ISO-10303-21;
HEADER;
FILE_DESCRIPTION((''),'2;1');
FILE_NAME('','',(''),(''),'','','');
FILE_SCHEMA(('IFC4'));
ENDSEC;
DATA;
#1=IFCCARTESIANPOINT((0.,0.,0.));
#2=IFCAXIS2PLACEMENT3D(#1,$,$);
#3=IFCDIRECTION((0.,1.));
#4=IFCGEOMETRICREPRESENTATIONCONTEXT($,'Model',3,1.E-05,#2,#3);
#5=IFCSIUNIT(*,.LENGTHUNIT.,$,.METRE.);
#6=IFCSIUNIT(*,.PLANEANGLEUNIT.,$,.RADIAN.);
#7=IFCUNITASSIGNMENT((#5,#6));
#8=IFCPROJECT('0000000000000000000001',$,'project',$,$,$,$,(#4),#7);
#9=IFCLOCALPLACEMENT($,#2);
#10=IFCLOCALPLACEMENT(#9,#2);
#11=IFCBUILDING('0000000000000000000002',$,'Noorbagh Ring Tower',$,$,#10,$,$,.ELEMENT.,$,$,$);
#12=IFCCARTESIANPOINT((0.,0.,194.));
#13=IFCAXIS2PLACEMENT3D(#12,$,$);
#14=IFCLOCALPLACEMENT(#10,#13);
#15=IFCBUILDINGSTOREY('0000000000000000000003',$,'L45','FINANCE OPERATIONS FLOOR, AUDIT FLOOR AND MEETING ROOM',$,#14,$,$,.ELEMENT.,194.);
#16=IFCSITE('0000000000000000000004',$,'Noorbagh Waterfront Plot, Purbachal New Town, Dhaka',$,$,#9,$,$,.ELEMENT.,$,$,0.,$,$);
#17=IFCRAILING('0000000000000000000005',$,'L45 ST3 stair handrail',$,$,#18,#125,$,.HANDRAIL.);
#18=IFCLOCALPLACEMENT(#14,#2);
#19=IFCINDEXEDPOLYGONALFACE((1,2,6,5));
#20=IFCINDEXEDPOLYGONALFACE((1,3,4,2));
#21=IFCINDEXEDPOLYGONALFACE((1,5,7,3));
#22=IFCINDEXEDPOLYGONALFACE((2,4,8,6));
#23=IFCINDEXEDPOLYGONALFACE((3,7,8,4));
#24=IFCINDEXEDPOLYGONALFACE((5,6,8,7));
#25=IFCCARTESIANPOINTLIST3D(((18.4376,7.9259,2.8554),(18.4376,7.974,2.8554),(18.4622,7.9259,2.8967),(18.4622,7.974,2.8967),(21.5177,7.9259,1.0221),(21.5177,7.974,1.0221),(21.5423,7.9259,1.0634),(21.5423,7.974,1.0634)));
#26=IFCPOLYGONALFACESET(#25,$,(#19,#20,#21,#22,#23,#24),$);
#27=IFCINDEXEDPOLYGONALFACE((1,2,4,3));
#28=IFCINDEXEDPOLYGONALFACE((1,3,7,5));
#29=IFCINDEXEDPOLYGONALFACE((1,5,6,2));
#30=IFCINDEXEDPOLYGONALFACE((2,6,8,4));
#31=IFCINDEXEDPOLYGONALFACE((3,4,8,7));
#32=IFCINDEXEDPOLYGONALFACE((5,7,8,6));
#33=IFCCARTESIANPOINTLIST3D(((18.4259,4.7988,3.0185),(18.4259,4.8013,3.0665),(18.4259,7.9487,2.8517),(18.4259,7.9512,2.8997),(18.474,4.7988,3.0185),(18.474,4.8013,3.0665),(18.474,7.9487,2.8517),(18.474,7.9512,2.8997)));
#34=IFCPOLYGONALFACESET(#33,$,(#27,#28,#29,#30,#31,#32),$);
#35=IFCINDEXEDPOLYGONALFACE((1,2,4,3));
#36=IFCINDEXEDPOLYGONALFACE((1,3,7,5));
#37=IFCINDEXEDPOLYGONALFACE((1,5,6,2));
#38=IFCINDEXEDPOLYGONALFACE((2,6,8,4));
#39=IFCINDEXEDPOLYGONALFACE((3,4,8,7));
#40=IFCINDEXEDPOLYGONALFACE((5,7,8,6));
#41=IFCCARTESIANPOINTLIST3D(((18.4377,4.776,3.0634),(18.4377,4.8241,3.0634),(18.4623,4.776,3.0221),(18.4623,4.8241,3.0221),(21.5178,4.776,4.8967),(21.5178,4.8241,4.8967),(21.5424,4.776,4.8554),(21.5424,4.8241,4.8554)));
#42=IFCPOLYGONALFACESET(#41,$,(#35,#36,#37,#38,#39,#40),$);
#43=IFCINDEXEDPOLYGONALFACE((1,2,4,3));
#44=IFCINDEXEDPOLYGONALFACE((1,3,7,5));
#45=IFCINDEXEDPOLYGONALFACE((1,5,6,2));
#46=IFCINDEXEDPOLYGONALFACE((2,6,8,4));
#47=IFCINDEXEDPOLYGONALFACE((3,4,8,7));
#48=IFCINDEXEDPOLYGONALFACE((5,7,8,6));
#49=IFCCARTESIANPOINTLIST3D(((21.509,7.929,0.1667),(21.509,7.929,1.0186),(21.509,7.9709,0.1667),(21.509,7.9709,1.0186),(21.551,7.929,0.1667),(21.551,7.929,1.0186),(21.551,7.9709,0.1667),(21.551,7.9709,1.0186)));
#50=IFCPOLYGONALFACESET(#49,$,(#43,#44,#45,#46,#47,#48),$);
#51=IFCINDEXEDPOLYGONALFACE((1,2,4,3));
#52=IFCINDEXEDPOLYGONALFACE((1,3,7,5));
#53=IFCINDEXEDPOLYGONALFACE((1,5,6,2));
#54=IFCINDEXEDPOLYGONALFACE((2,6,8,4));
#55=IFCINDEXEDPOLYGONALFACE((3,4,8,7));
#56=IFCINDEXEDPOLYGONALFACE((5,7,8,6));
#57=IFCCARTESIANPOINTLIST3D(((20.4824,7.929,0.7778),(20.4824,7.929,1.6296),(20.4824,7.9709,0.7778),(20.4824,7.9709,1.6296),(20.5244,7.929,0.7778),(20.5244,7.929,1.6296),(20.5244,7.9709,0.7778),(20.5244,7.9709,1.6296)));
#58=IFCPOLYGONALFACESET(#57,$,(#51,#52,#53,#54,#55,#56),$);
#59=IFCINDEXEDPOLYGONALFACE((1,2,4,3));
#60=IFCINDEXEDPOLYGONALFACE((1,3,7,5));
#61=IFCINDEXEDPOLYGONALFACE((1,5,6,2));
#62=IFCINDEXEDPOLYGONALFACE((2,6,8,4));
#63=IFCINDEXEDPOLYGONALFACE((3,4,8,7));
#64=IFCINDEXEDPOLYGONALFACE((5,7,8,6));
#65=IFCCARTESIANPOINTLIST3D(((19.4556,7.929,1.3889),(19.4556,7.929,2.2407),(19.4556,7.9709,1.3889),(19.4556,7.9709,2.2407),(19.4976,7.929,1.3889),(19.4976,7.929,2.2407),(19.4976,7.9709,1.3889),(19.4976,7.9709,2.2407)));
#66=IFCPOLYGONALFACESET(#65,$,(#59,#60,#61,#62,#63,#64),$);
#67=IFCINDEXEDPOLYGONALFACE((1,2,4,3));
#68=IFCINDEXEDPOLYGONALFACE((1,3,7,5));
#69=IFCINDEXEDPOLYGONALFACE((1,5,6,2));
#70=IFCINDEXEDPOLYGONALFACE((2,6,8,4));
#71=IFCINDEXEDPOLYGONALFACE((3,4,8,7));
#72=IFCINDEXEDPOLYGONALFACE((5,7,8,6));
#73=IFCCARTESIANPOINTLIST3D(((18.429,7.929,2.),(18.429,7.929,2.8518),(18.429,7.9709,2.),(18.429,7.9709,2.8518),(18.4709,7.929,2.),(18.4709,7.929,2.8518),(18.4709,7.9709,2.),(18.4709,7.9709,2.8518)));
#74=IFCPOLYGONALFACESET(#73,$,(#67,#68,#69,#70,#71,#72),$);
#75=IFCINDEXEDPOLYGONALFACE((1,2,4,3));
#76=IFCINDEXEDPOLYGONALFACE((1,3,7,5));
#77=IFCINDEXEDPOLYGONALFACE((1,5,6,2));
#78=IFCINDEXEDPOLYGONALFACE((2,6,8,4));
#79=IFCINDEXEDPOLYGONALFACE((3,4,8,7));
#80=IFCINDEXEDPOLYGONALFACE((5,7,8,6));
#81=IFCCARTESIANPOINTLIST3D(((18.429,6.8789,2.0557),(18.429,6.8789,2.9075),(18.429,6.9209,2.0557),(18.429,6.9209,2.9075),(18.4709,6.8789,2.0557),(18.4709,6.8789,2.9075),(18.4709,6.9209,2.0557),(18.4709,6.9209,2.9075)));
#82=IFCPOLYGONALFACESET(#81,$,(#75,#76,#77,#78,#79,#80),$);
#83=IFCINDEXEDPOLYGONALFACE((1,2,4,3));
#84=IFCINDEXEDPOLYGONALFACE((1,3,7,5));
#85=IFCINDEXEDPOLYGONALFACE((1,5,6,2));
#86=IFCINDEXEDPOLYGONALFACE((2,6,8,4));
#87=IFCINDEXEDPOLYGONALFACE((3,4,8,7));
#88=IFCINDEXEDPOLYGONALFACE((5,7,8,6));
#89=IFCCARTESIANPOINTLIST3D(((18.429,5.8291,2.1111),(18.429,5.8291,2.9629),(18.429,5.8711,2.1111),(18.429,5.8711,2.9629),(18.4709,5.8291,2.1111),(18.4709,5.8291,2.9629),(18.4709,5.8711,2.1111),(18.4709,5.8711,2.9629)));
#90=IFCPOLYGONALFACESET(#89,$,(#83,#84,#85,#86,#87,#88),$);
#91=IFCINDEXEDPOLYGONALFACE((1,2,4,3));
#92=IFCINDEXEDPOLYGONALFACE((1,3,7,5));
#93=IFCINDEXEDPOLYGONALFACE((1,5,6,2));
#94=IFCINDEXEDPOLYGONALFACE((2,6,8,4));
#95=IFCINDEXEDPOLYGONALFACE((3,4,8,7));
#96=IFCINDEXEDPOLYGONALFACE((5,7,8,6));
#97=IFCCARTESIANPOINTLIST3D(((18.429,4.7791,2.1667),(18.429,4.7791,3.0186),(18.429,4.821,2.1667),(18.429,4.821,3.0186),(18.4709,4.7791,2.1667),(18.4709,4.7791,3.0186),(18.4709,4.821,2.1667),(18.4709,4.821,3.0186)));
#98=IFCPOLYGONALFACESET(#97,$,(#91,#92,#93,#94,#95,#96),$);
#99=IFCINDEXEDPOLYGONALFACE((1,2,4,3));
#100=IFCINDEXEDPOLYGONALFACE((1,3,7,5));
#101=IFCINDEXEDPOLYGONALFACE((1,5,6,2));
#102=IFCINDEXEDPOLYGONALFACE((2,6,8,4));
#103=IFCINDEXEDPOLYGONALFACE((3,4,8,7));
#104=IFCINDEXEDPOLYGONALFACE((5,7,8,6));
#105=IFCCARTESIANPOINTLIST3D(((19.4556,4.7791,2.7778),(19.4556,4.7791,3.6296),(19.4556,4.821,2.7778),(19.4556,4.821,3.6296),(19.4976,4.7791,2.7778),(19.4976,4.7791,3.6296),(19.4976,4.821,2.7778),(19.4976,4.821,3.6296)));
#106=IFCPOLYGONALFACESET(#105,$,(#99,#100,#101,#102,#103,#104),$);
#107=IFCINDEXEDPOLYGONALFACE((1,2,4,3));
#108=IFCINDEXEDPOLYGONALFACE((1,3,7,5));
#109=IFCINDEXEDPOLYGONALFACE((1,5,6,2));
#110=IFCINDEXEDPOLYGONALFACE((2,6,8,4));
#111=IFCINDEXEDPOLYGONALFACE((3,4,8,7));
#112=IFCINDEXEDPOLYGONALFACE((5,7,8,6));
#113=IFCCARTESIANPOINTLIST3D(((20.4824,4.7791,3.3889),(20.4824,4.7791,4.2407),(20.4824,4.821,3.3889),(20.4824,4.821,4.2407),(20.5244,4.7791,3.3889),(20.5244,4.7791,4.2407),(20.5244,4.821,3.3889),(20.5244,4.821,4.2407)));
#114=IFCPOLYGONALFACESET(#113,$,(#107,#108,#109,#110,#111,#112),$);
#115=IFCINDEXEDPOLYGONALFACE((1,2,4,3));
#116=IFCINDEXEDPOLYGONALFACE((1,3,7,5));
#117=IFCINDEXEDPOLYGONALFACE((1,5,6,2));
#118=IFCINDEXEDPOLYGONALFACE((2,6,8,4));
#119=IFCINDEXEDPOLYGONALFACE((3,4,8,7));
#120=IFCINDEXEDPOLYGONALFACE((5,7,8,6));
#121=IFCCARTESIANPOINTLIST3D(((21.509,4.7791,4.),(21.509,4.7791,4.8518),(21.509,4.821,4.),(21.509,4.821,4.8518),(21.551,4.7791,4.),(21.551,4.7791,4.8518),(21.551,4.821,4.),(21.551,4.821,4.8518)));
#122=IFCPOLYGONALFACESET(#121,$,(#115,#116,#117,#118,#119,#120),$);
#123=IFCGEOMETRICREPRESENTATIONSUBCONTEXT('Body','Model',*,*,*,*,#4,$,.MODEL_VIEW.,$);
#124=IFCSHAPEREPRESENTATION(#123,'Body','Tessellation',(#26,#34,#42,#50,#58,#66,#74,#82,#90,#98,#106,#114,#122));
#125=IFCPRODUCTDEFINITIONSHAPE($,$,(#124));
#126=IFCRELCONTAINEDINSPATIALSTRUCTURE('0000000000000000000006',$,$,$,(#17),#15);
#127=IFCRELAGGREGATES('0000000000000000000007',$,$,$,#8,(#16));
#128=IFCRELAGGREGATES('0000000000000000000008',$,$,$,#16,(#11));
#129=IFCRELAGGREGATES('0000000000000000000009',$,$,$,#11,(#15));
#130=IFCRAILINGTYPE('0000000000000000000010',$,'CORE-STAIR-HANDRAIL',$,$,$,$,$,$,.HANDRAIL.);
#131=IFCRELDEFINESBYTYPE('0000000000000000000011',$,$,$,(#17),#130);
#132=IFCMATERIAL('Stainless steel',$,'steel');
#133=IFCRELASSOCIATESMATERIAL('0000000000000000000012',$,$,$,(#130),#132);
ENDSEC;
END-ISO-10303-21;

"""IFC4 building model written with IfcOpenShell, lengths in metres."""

from ifc_helpers import new_model, si_unit, direction, frame, origin, origin_2d, place, context, subcontext, project, spatial, rectangle, extrude, material, type_object, element, save


model = new_model("IFC4")

# Units and contexts
model_context = context("Model", 3, precision=1e-05, world=origin(), true_north=direction((0.0, 1.0)))
body_context = subcontext(model_context, "Body", "Model", "MODEL_VIEW")
ifc_project = project(units=[si_unit("LENGTHUNIT", "METRE"), si_unit("PLANEANGLEUNIT", "RADIAN")], contexts=[model_context])

# Site, building, storey
site_placement = place(None, origin())
site = spatial("IfcSite", under=ifc_project, at=site_placement, Name="Noorbagh Waterfront Plot, Purbachal New Town, Dhaka", CompositionType="ELEMENT", RefElevation=0.0)
building_placement = place(site_placement, origin())
building = spatial("IfcBuilding", under=site, at=building_placement, Name="Noorbagh Ring Tower", CompositionType="ELEMENT")
storey_placement = place(building_placement, frame((0.0, 0.0, 194.0)))
storey = spatial("IfcBuildingStorey", under=building, at=storey_placement, Name="L45", Description="FINANCE OPERATIONS FLOOR, AUDIT FLOOR AND MEETING ROOM", CompositionType="ELEMENT", Elevation=194.0)

# Railing
ifc_material_1 = material(Name="Stainless steel", Category="steel")
railing_type_1 = type_object("IfcRailingType", Name="CORE-STAIR-HANDRAIL", PredefinedType="HANDRAIL", material=ifc_material_1)
railing_1_placement = place(storey_placement, frame((21.53, 7.95, 0.1667)))
element("IfcRailing", 1, at=railing_1_placement, inside=storey, type_object=railing_type_1, Name="L45 ST3 stair handrail", PredefinedType="HANDRAIL", context=body_context, shape_type="SweptSolid", body=[
    extrude(rectangle(XDim=0.0481, YDim=0.0481, at=origin_2d()), frame((0.0, 0.0, 0.876), z_axis=(-0.859309, 0.0, 0.511458), x_axis=(0.0, -1.0, 0.0)), (0.0, 0.0, 1.0), 3.5845),
    extrude(rectangle(XDim=0.0481, YDim=0.0481, at=origin_2d()), frame((-3.0801, 0.0, 2.709), z_axis=(0.0, -0.998602, 0.052864), x_axis=(1.0, 0.0, 0.0)), (0.0, 0.0, 1.0), 3.1543),
    extrude(rectangle(XDim=0.0481, YDim=0.0481, at=origin_2d()), frame((-3.0801, -3.1499, 2.876), z_axis=(0.859309, 0.0, 0.511458), x_axis=(0.0, 1.0, 0.0)), (0.0, 0.0, 1.0), 3.5845),
    extrude(rectangle(XDim=0.042, YDim=0.042, at=origin_2d()), origin(), (0.0, 0.0, 1.0), 0.8518),
    extrude(rectangle(XDim=0.042, YDim=0.042, at=origin_2d()), frame((-1.0266, 0.0, 0.6111)), (0.0, 0.0, 1.0), 0.8518),
    extrude(rectangle(XDim=0.042, YDim=0.042, at=origin_2d()), frame((-2.0535, 0.0, 1.2222)), (0.0, 0.0, 1.0), 0.8518),
    extrude(rectangle(XDim=0.042, YDim=0.042, at=origin_2d()), frame((-3.0801, 0.0, 1.8333)), (0.0, 0.0, 1.0), 0.8518),
    extrude(rectangle(XDim=0.042, YDim=0.042, at=origin_2d()), frame((-3.0801, -1.05, 1.8889)), (0.0, 0.0, 1.0), 0.8518),
    extrude(rectangle(XDim=0.042, YDim=0.042, at=origin_2d()), frame((-3.0801, -2.0999, 1.9443)), (0.0, 0.0, 1.0), 0.8518),
    extrude(rectangle(XDim=0.042, YDim=0.042, at=origin_2d()), frame((-3.0801, -3.1499, 2.0)), (0.0, 0.0, 1.0), 0.8518),
    extrude(rectangle(XDim=0.042, YDim=0.042, at=origin_2d()), frame((-2.0535, -3.1499, 2.6111)), (0.0, 0.0, 1.0), 0.8518),
    extrude(rectangle(XDim=0.042, YDim=0.042, at=origin_2d()), frame((-1.0266, -3.1499, 3.2222)), (0.0, 0.0, 1.0), 0.8518),
    extrude(rectangle(XDim=0.042, YDim=0.042, at=origin_2d()), frame((0.0, -3.1499, 3.8333)), (0.0, 0.0, 1.0), 0.8518),
])

save(model, "model.ifc")
